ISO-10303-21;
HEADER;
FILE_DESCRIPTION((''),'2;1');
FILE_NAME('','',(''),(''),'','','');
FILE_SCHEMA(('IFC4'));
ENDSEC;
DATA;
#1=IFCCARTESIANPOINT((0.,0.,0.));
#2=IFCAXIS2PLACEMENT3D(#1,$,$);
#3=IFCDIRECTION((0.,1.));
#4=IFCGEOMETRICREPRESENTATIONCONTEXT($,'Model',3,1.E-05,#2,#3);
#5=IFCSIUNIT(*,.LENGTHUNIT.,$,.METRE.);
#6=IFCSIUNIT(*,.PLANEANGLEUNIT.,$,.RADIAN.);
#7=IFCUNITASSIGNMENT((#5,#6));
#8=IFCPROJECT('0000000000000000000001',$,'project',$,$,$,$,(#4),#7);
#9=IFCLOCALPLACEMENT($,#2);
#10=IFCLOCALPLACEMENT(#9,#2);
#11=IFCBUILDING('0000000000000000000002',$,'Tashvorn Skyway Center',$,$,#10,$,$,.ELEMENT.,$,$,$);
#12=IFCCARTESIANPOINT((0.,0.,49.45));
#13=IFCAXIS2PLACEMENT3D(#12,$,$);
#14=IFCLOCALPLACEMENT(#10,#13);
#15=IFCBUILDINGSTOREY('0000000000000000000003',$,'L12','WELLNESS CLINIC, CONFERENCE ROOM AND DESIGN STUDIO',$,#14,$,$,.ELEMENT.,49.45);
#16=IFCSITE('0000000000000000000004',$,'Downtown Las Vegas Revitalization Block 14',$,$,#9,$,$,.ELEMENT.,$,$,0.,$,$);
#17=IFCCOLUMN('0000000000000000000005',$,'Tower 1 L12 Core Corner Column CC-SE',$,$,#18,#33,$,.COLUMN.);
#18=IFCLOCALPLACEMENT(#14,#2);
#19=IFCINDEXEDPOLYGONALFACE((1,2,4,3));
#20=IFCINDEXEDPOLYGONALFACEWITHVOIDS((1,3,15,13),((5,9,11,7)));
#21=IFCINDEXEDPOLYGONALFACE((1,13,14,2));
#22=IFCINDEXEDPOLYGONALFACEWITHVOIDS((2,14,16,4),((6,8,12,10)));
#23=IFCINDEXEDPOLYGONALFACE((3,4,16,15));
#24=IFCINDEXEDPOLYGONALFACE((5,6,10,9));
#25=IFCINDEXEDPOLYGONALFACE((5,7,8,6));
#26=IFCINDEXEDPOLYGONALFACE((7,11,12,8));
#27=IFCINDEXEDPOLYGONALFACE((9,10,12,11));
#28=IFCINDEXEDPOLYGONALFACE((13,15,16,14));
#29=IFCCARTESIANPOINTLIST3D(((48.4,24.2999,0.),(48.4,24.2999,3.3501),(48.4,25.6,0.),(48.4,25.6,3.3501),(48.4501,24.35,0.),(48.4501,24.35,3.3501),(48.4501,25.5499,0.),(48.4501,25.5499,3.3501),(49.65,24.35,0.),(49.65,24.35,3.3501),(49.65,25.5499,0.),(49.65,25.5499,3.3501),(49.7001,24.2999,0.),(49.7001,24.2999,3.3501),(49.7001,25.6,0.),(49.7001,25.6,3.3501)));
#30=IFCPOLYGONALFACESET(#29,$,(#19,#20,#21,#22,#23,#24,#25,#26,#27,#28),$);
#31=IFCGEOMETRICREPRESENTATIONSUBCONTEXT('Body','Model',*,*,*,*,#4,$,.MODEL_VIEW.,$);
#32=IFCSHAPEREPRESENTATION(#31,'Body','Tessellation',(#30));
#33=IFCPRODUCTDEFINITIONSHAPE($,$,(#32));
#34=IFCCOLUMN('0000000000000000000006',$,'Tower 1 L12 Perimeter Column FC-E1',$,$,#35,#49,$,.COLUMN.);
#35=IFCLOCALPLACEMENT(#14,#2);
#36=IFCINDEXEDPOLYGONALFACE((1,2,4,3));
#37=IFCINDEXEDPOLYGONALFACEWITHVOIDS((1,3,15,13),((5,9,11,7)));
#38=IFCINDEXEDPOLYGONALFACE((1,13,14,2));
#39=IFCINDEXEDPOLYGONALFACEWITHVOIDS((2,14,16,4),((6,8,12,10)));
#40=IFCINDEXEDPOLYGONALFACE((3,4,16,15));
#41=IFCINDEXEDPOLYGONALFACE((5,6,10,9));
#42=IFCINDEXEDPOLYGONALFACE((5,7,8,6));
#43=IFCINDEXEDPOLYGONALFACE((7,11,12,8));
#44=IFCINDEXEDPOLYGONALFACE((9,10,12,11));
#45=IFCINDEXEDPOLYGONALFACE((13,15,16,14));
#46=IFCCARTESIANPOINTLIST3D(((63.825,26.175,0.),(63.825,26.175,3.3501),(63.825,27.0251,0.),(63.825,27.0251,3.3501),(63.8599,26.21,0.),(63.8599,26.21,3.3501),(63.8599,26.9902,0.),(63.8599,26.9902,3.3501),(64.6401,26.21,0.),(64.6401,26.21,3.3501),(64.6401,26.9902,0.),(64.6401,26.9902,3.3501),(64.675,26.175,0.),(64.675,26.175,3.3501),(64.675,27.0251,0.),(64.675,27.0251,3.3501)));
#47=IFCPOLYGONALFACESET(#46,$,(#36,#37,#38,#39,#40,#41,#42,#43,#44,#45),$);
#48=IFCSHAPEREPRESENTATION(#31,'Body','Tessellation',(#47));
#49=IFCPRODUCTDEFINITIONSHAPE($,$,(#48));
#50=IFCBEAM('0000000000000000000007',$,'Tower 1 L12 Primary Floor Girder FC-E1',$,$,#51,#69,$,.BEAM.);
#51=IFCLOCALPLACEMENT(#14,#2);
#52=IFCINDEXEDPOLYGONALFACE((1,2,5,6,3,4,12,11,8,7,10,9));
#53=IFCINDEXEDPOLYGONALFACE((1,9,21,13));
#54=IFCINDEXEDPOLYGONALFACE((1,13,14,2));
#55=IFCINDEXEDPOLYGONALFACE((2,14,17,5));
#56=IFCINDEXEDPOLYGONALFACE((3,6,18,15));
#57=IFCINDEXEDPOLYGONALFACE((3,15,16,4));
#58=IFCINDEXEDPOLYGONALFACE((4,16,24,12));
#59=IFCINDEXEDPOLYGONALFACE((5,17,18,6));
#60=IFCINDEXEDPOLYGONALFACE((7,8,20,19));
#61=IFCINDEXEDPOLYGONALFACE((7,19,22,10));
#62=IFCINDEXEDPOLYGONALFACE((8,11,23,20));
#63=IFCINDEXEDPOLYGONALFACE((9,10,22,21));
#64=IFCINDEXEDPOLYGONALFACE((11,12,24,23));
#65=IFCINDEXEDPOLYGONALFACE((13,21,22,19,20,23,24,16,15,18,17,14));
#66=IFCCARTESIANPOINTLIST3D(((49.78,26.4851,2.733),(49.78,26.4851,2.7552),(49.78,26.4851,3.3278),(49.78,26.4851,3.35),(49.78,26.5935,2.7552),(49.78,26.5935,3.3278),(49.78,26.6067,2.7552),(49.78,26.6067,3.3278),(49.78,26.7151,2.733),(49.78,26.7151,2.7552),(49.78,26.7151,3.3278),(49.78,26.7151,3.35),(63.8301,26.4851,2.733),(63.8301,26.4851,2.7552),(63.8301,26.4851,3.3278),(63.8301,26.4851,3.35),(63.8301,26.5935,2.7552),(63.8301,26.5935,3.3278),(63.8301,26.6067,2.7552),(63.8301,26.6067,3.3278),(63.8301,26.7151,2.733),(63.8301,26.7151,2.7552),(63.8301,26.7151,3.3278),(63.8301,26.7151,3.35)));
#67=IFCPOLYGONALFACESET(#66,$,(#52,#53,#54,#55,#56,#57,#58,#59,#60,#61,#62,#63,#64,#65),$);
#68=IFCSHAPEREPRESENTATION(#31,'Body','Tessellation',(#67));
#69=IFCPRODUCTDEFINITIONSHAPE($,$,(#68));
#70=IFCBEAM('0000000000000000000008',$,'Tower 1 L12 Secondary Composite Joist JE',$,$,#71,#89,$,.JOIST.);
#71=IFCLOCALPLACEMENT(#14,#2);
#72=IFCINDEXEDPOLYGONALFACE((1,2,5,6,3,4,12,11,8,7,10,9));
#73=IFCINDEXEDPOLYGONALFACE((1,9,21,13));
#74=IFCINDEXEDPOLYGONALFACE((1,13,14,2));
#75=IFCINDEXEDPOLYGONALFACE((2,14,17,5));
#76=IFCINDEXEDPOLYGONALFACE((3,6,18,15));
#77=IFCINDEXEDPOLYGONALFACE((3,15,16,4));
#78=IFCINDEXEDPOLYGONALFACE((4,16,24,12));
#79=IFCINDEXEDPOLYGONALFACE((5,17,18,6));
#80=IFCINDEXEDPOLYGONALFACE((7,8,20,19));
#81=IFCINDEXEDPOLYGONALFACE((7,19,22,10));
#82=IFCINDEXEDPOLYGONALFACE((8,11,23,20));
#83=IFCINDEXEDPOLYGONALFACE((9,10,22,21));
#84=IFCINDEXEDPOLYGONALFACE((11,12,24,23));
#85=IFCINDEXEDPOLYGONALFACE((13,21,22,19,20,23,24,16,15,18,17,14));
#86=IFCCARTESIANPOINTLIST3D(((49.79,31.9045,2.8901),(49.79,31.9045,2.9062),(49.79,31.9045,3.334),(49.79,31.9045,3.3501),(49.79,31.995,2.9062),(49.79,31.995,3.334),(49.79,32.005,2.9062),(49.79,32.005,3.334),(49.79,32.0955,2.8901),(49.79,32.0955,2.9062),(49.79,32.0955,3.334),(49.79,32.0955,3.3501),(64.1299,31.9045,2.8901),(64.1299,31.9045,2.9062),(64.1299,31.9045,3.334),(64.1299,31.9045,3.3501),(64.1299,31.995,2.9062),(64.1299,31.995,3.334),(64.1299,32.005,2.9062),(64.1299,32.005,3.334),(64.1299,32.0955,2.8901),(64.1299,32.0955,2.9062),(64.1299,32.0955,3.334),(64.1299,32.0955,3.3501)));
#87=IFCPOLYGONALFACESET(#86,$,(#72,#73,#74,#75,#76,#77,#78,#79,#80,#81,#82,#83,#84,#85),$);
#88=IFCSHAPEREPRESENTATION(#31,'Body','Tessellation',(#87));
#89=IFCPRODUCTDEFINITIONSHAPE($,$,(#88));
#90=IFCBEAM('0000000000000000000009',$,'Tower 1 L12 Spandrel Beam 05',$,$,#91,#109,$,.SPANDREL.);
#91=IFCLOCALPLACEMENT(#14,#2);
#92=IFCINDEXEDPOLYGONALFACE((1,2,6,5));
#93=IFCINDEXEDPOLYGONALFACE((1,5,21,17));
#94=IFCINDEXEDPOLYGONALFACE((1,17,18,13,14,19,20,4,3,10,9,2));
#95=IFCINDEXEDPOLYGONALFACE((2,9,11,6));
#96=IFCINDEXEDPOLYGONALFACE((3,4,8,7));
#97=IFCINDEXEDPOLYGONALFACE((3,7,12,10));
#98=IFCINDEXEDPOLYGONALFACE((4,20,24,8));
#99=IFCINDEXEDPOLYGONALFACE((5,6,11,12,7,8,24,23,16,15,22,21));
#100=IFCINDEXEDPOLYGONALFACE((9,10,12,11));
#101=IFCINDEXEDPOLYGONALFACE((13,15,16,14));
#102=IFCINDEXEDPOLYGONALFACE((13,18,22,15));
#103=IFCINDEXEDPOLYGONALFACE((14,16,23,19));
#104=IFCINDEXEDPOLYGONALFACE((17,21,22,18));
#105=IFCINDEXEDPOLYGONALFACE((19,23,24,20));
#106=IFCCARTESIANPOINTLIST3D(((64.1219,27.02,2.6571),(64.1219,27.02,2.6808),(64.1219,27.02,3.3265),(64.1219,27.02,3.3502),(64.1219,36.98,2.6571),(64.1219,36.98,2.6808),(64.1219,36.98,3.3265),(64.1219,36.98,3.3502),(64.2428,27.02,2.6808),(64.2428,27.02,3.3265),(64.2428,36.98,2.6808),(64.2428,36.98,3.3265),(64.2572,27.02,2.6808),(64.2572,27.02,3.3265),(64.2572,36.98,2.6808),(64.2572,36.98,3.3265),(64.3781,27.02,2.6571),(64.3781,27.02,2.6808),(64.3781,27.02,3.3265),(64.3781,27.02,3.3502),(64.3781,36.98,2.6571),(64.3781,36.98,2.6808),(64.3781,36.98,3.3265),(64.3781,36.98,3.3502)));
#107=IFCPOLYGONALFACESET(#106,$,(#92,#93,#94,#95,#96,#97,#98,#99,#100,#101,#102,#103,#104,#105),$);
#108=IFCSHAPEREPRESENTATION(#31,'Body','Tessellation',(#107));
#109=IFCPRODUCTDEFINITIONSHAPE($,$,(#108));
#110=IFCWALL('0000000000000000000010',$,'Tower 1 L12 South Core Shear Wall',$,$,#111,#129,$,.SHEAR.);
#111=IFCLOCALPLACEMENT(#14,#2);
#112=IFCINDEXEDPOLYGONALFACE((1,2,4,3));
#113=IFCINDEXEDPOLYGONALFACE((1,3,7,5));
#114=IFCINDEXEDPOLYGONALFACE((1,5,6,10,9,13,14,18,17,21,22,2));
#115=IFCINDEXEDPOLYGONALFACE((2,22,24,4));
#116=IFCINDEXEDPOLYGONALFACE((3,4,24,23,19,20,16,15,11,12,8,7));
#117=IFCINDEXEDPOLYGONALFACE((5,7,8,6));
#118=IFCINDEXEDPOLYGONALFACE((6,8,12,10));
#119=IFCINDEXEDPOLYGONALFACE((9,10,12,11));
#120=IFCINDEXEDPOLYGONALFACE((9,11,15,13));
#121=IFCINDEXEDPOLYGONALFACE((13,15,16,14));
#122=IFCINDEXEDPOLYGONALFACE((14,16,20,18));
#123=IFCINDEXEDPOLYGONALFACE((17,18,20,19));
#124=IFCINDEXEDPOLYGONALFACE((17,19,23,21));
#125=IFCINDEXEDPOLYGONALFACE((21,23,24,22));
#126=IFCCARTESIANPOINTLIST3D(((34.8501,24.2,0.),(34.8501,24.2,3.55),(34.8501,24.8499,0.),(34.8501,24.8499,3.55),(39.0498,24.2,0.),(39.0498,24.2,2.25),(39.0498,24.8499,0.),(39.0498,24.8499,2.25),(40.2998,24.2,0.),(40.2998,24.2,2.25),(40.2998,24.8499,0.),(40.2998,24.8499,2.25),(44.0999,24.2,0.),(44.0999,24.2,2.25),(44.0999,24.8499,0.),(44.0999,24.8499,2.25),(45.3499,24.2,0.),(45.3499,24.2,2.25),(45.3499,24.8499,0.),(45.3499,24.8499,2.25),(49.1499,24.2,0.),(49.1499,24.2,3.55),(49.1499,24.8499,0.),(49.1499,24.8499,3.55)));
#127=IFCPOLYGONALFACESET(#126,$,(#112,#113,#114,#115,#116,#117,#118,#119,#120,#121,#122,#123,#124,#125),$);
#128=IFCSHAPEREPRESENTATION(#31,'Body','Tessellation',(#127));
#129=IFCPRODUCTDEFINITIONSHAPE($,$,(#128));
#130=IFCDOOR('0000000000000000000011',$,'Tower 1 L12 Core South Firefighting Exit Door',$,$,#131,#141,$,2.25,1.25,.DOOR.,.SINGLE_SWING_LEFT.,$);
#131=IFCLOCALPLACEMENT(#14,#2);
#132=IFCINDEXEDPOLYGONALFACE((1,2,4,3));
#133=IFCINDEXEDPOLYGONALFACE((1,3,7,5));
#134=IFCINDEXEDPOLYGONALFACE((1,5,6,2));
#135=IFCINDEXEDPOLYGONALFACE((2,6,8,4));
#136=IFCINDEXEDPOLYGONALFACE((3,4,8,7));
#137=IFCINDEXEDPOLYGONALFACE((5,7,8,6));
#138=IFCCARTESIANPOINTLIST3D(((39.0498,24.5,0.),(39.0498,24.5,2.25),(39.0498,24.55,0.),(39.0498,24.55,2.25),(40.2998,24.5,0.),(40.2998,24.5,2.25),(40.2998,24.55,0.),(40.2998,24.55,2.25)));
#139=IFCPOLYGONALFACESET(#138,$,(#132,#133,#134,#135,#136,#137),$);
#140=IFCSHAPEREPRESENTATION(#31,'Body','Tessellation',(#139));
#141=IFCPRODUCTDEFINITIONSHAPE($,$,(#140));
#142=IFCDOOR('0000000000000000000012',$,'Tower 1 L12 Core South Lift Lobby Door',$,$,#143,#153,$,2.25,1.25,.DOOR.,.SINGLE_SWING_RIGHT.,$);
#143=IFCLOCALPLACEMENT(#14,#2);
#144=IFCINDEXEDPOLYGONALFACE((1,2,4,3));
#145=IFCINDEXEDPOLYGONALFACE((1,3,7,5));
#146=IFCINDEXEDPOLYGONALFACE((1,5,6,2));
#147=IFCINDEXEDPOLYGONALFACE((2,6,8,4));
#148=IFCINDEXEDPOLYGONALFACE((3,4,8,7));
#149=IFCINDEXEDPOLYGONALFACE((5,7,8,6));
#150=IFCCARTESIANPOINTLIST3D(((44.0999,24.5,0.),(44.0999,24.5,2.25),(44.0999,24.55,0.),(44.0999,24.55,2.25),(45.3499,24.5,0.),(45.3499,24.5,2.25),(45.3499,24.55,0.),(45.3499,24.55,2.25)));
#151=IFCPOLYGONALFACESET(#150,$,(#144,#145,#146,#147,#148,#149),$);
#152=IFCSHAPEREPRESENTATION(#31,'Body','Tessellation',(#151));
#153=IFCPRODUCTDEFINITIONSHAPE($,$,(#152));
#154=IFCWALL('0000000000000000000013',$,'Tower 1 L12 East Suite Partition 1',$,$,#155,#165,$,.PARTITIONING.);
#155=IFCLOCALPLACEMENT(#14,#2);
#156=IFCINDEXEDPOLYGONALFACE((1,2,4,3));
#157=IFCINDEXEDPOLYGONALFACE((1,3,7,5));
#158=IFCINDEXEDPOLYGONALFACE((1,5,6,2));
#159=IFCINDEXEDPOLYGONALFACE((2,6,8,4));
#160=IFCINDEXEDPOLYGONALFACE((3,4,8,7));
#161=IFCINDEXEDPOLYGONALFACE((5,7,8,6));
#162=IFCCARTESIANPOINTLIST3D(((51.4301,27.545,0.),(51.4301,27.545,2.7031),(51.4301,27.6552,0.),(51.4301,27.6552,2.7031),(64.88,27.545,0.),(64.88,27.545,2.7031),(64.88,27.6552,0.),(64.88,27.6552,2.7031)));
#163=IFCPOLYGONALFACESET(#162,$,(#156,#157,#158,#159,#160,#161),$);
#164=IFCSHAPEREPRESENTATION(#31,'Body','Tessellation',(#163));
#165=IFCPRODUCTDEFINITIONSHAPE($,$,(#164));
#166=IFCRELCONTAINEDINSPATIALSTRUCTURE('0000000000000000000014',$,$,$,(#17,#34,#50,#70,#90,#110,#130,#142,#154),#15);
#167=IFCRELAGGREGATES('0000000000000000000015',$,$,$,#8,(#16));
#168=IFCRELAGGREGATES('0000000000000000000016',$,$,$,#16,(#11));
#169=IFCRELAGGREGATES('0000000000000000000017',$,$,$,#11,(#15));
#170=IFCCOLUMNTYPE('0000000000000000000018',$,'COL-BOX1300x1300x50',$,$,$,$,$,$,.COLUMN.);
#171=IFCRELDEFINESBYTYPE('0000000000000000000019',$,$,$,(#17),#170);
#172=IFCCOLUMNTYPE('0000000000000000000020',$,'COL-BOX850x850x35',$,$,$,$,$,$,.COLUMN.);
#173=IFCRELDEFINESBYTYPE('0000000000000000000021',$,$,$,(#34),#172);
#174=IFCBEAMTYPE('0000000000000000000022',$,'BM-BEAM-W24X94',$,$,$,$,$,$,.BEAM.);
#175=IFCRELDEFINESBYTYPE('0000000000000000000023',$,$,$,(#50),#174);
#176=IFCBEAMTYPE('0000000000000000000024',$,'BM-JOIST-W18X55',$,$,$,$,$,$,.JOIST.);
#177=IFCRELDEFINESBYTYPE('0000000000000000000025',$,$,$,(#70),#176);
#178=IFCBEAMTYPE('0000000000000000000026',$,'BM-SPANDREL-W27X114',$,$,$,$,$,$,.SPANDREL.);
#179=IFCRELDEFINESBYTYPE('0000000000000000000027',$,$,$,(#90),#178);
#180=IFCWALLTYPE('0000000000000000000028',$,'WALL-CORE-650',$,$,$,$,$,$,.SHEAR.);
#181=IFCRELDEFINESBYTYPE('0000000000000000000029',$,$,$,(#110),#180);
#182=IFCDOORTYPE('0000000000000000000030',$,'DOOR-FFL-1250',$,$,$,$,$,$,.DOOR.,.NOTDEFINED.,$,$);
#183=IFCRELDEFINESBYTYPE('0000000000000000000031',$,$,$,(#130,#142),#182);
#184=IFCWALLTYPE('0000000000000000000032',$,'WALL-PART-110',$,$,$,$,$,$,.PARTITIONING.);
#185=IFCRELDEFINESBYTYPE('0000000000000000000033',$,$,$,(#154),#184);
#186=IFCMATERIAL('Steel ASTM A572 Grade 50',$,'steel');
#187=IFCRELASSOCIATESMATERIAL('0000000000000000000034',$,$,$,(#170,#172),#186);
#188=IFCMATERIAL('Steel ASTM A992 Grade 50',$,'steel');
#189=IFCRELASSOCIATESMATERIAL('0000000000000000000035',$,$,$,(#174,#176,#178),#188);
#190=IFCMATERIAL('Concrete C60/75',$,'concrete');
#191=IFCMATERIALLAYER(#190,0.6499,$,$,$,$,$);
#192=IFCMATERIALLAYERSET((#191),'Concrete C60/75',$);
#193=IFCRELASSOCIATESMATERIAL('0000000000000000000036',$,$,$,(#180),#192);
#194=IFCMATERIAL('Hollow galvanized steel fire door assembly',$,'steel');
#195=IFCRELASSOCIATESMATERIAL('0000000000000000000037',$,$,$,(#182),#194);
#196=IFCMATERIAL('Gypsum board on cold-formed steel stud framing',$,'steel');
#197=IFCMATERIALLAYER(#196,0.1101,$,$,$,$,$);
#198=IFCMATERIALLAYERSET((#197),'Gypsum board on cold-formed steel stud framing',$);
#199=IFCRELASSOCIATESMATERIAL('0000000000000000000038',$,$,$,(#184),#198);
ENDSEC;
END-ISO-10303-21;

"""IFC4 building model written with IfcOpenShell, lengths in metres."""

from ifc_helpers import new_model, si_unit, direction, frame, frame_2d, origin, origin_2d, place, context, subcontext, project, spatial, rectangle, hollow_rectangle, i_section, extrude, material, layer, layer_set, material_profile, profile_set, type_object, element, fill, save


model = new_model("IFC4")

# Units and contexts
model_context = context("Model", 3, precision=1e-05, world=origin(), true_north=direction((0.0, 1.0)))
body_context = subcontext(model_context, "Body", "Model", "MODEL_VIEW")
ifc_project = project(units=[si_unit("LENGTHUNIT", "METRE"), si_unit("PLANEANGLEUNIT", "RADIAN")], contexts=[model_context])

# Site, building, storey
site_placement = place(None, origin())
site = spatial("IfcSite", under=ifc_project, at=site_placement, Name="Downtown Las Vegas Revitalization Block 14", CompositionType="ELEMENT", RefElevation=0.0)
building_placement = place(site_placement, origin())
building = spatial("IfcBuilding", under=site, at=building_placement, Name="Tashvorn Skyway Center", CompositionType="ELEMENT")
storey_placement = place(building_placement, frame((0.0, 0.0, 49.45)))
storey = spatial("IfcBuildingStorey", under=building, at=storey_placement, Name="L12", Description="WELLNESS CLINIC, CONFERENCE ROOM AND DESIGN STUDIO", CompositionType="ELEMENT", Elevation=49.45)

# Columns
ifc_material_1 = material(Name="Steel ASTM A572 Grade 50", Category="steel")
ifc_material_profile_1 = material_profile(ifc_material_1, hollow_rectangle(XDim=1.3, YDim=1.3, WallThickness=0.05, at=origin_2d()), Name="BOX1300x1300x50")
ifc_profile_set_1 = profile_set([ifc_material_profile_1], Name="Steel ASTM A572 Grade 50")
column_type_1 = type_object("IfcColumnType", Name="COL-BOX1300x1300x50", PredefinedType="COLUMN", material=ifc_profile_set_1)
column_1_placement = place(storey_placement, frame((49.05, 24.95, 0.0), z_axis=(0.0, 0.0, 1.0), x_axis=(1.0, 0.0, 0.0)))
element("IfcColumn", 1, at=column_1_placement, inside=storey, type_object=column_type_1, Name="Tower 1 L12 Core Corner Column CC-SE", PredefinedType="COLUMN", context=body_context, shape_type="SweptSolid", body=[
    extrude(hollow_rectangle(XDim=1.3, YDim=1.3, WallThickness=0.05, at=origin_2d()), origin(), (0.0, 0.0, 1.0), 3.3501),
])
ifc_material_profile_2 = material_profile(ifc_material_1, hollow_rectangle(XDim=0.8501, YDim=0.8501, WallThickness=0.0349, at=origin_2d()), Name="BOX850x850x35")
ifc_profile_set_2 = profile_set([ifc_material_profile_2], Name="Steel ASTM A572 Grade 50")
column_type_2 = type_object("IfcColumnType", Name="COL-BOX850x850x35", PredefinedType="COLUMN", material=ifc_profile_set_2)
column_2_placement = place(storey_placement, frame((64.25, 26.6001, 0.0), z_axis=(0.0, 0.0, 1.0), x_axis=(1.0, 0.0, 0.0)))
element("IfcColumn", 2, at=column_2_placement, inside=storey, type_object=column_type_2, Name="Tower 1 L12 Perimeter Column FC-E1", PredefinedType="COLUMN", context=body_context, shape_type="SweptSolid", body=[
    extrude(hollow_rectangle(XDim=0.8501, YDim=0.8501, WallThickness=0.0349, at=origin_2d()), origin(), (0.0, 0.0, 1.0), 3.3501),
])

# Beams
ifc_material_2 = material(Name="Steel ASTM A992 Grade 50", Category="steel")
ifc_material_profile_3 = material_profile(ifc_material_2, i_section(OverallWidth=0.23, OverallDepth=0.6169, WebThickness=0.0132, FlangeThickness=0.0222, at=origin_2d()), Name="W24X94")
ifc_profile_set_3 = profile_set([ifc_material_profile_3], Name="Steel ASTM A992 Grade 50")
beam_type_1 = type_object("IfcBeamType", Name="BM-BEAM-W24X94", PredefinedType="BEAM", material=ifc_profile_set_3)
beam_1_placement = place(storey_placement, frame((63.8301, 26.6001, 3.0415), z_axis=(-1.0, 0.0, 0.0), x_axis=(0.0, -1.0, 0.0)))
element("IfcBeam", 3, at=beam_1_placement, inside=storey, type_object=beam_type_1, Name="Tower 1 L12 Primary Floor Girder FC-E1", PredefinedType="BEAM", context=body_context, shape_type="SweptSolid", body=[
    extrude(i_section(OverallWidth=0.23, OverallDepth=0.6169, WebThickness=0.0132, FlangeThickness=0.0222, at=origin_2d()), origin(), (0.0, 0.0, 1.0), 14.05),
])
ifc_material_profile_4 = material_profile(ifc_material_2, i_section(OverallWidth=0.1909, OverallDepth=0.46, WebThickness=0.01, FlangeThickness=0.0161, at=origin_2d()), Name="W18X55")
ifc_profile_set_4 = profile_set([ifc_material_profile_4], Name="Steel ASTM A992 Grade 50")
beam_type_2 = type_object("IfcBeamType", Name="BM-JOIST-W18X55", PredefinedType="JOIST", material=ifc_profile_set_4)
beam_2_placement = place(storey_placement, frame((49.79, 32.0, 3.1201), z_axis=(1.0, 0.0, 0.0), x_axis=(0.0, 1.0, 0.0)))
element("IfcBeam", 4, at=beam_2_placement, inside=storey, type_object=beam_type_2, Name="Tower 1 L12 Secondary Composite Joist JE", PredefinedType="JOIST", context=body_context, shape_type="SweptSolid", body=[
    extrude(i_section(OverallWidth=0.1909, OverallDepth=0.46, WebThickness=0.01, FlangeThickness=0.0161, at=origin_2d()), origin(), (0.0, 0.0, 1.0), 14.3398),
])
ifc_material_profile_5 = material_profile(ifc_material_2, i_section(OverallWidth=0.2561, OverallDepth=0.6931, WebThickness=0.0144, FlangeThickness=0.0237, at=origin_2d()), Name="W27X114")
ifc_profile_set_5 = profile_set([ifc_material_profile_5], Name="Steel ASTM A992 Grade 50")
beam_type_3 = type_object("IfcBeamType", Name="BM-SPANDREL-W27X114", PredefinedType="SPANDREL", material=ifc_profile_set_5)
beam_3_placement = place(storey_placement, frame((64.25, 27.02, 3.0037), z_axis=(0.0, 1.0, 0.0), x_axis=(-1.0, 0.0, 0.0)))
element("IfcBeam", 5, at=beam_3_placement, inside=storey, type_object=beam_type_3, Name="Tower 1 L12 Spandrel Beam 05", PredefinedType="SPANDREL", context=body_context, shape_type="SweptSolid", body=[
    extrude(i_section(OverallWidth=0.2561, OverallDepth=0.6931, WebThickness=0.0144, FlangeThickness=0.0237, at=origin_2d()), origin(), (0.0, 0.0, 1.0), 9.96),
])

# Wall, openings, doors
ifc_material_3 = material(Name="Concrete C60/75", Category="concrete")
ifc_layer_1 = layer(ifc_material_3, 0.6499)
ifc_layer_set_1 = layer_set([ifc_layer_1], Name="Concrete C60/75")
wall_type_1 = type_object("IfcWallType", Name="WALL-CORE-650", PredefinedType="SHEAR", material=ifc_layer_set_1)
wall_1_placement = place(storey_placement, frame((49.1499, 24.5249, 0.0), z_axis=(0.0, 0.0, 1.0), x_axis=(-1.0, 0.0, 0.0)))
wall_1 = element("IfcWall", 6, at=wall_1_placement, inside=storey, type_object=wall_type_1, Name="Tower 1 L12 South Core Shear Wall", PredefinedType="SHEAR", context=body_context, shape_type="SweptSolid", body=[
    extrude(rectangle(XDim=14.2998, YDim=0.6499, at=frame_2d((7.1499, 0.0))), origin(), (0.0, 0.0, 1.0), 3.55),
])
opening_1_placement = place(wall_1_placement, frame((8.8501, 0.0, 0.0)))
opening_1 = element("IfcOpeningElement", 7, at=opening_1_placement, cuts=wall_1, PredefinedType="OPENING", context=body_context, shape_type="SweptSolid", body=[
    extrude(rectangle(XDim=1.25, YDim=2.25, at=frame_2d((0.625, 1.125))), frame((0.0, 0.335, 0.0), z_axis=(0.0, -1.0, 0.0), x_axis=(1.0, 0.0, 0.0)), (0.0, 0.0, 1.0), 0.6699),
])
opening_2_placement = place(wall_1_placement, frame((3.8, 0.0, 0.0)))
opening_2 = element("IfcOpeningElement", 8, at=opening_2_placement, cuts=wall_1, PredefinedType="OPENING", context=body_context, shape_type="SweptSolid", body=[
    extrude(rectangle(XDim=1.25, YDim=2.25, at=frame_2d((0.625, 1.125))), frame((0.0, 0.335, 0.0), z_axis=(0.0, -1.0, 0.0), x_axis=(1.0, 0.0, 0.0)), (0.0, 0.0, 1.0), 0.6699),
])
ifc_material_4 = material(Name="Hollow galvanized steel fire door assembly", Category="steel")
door_type = type_object("IfcDoorType", Name="DOOR-FFL-1250", OperationType="NOTDEFINED", PredefinedType="DOOR", material=ifc_material_4)
door_1_placement = place(opening_1_placement, origin())
door_1 = element("IfcDoor", 9, at=door_1_placement, inside=storey, type_object=door_type, Name="Tower 1 L12 Core South Firefighting Exit Door", OperationType="SINGLE_SWING_LEFT", OverallHeight=2.25, OverallWidth=1.25, PredefinedType="DOOR", context=body_context, shape_type="SweptSolid", body=[
    extrude(rectangle(XDim=1.25, YDim=2.25, at=frame_2d((0.625, 1.125))), frame((0.0, 0.0249, 0.0), z_axis=(0.0, -1.0, 0.0), x_axis=(1.0, 0.0, 0.0)), (0.0, 0.0, 1.0), 0.05),
])
fill(opening_1, door_1)
door_2_placement = place(opening_2_placement, origin())
door_2 = element("IfcDoor", 10, at=door_2_placement, inside=storey, type_object=door_type, Name="Tower 1 L12 Core South Lift Lobby Door", OperationType="SINGLE_SWING_RIGHT", OverallHeight=2.25, OverallWidth=1.25, PredefinedType="DOOR", context=body_context, shape_type="SweptSolid", body=[
    extrude(rectangle(XDim=1.25, YDim=2.25, at=frame_2d((0.625, 1.125))), frame((0.0, 0.0249, 0.0), z_axis=(0.0, -1.0, 0.0), x_axis=(1.0, 0.0, 0.0)), (0.0, 0.0, 1.0), 0.05),
])
fill(opening_2, door_2)

# Wall
ifc_material_5 = material(Name="Gypsum board on cold-formed steel stud framing", Category="steel")
ifc_layer_2 = layer(ifc_material_5, 0.1101)
ifc_layer_set_2 = layer_set([ifc_layer_2], Name="Gypsum board on cold-formed steel stud framing")
wall_type_2 = type_object("IfcWallType", Name="WALL-PART-110", PredefinedType="PARTITIONING", material=ifc_layer_set_2)
wall_2_placement = place(storey_placement, frame((51.4299, 27.6001, 0.0), z_axis=(0.0, 0.0, 1.0), x_axis=(1.0, 0.0, 0.0)))
element("IfcWall", 11, at=wall_2_placement, inside=storey, type_object=wall_type_2, Name="Tower 1 L12 East Suite Partition 1", PredefinedType="PARTITIONING", context=body_context, shape_type="SweptSolid", body=[
    extrude(rectangle(XDim=13.45, YDim=0.1101, at=frame_2d((6.7251, 0.0))), origin(), (0.0, 0.0, 1.0), 2.7031),
])

save(model, "model.ifc")
